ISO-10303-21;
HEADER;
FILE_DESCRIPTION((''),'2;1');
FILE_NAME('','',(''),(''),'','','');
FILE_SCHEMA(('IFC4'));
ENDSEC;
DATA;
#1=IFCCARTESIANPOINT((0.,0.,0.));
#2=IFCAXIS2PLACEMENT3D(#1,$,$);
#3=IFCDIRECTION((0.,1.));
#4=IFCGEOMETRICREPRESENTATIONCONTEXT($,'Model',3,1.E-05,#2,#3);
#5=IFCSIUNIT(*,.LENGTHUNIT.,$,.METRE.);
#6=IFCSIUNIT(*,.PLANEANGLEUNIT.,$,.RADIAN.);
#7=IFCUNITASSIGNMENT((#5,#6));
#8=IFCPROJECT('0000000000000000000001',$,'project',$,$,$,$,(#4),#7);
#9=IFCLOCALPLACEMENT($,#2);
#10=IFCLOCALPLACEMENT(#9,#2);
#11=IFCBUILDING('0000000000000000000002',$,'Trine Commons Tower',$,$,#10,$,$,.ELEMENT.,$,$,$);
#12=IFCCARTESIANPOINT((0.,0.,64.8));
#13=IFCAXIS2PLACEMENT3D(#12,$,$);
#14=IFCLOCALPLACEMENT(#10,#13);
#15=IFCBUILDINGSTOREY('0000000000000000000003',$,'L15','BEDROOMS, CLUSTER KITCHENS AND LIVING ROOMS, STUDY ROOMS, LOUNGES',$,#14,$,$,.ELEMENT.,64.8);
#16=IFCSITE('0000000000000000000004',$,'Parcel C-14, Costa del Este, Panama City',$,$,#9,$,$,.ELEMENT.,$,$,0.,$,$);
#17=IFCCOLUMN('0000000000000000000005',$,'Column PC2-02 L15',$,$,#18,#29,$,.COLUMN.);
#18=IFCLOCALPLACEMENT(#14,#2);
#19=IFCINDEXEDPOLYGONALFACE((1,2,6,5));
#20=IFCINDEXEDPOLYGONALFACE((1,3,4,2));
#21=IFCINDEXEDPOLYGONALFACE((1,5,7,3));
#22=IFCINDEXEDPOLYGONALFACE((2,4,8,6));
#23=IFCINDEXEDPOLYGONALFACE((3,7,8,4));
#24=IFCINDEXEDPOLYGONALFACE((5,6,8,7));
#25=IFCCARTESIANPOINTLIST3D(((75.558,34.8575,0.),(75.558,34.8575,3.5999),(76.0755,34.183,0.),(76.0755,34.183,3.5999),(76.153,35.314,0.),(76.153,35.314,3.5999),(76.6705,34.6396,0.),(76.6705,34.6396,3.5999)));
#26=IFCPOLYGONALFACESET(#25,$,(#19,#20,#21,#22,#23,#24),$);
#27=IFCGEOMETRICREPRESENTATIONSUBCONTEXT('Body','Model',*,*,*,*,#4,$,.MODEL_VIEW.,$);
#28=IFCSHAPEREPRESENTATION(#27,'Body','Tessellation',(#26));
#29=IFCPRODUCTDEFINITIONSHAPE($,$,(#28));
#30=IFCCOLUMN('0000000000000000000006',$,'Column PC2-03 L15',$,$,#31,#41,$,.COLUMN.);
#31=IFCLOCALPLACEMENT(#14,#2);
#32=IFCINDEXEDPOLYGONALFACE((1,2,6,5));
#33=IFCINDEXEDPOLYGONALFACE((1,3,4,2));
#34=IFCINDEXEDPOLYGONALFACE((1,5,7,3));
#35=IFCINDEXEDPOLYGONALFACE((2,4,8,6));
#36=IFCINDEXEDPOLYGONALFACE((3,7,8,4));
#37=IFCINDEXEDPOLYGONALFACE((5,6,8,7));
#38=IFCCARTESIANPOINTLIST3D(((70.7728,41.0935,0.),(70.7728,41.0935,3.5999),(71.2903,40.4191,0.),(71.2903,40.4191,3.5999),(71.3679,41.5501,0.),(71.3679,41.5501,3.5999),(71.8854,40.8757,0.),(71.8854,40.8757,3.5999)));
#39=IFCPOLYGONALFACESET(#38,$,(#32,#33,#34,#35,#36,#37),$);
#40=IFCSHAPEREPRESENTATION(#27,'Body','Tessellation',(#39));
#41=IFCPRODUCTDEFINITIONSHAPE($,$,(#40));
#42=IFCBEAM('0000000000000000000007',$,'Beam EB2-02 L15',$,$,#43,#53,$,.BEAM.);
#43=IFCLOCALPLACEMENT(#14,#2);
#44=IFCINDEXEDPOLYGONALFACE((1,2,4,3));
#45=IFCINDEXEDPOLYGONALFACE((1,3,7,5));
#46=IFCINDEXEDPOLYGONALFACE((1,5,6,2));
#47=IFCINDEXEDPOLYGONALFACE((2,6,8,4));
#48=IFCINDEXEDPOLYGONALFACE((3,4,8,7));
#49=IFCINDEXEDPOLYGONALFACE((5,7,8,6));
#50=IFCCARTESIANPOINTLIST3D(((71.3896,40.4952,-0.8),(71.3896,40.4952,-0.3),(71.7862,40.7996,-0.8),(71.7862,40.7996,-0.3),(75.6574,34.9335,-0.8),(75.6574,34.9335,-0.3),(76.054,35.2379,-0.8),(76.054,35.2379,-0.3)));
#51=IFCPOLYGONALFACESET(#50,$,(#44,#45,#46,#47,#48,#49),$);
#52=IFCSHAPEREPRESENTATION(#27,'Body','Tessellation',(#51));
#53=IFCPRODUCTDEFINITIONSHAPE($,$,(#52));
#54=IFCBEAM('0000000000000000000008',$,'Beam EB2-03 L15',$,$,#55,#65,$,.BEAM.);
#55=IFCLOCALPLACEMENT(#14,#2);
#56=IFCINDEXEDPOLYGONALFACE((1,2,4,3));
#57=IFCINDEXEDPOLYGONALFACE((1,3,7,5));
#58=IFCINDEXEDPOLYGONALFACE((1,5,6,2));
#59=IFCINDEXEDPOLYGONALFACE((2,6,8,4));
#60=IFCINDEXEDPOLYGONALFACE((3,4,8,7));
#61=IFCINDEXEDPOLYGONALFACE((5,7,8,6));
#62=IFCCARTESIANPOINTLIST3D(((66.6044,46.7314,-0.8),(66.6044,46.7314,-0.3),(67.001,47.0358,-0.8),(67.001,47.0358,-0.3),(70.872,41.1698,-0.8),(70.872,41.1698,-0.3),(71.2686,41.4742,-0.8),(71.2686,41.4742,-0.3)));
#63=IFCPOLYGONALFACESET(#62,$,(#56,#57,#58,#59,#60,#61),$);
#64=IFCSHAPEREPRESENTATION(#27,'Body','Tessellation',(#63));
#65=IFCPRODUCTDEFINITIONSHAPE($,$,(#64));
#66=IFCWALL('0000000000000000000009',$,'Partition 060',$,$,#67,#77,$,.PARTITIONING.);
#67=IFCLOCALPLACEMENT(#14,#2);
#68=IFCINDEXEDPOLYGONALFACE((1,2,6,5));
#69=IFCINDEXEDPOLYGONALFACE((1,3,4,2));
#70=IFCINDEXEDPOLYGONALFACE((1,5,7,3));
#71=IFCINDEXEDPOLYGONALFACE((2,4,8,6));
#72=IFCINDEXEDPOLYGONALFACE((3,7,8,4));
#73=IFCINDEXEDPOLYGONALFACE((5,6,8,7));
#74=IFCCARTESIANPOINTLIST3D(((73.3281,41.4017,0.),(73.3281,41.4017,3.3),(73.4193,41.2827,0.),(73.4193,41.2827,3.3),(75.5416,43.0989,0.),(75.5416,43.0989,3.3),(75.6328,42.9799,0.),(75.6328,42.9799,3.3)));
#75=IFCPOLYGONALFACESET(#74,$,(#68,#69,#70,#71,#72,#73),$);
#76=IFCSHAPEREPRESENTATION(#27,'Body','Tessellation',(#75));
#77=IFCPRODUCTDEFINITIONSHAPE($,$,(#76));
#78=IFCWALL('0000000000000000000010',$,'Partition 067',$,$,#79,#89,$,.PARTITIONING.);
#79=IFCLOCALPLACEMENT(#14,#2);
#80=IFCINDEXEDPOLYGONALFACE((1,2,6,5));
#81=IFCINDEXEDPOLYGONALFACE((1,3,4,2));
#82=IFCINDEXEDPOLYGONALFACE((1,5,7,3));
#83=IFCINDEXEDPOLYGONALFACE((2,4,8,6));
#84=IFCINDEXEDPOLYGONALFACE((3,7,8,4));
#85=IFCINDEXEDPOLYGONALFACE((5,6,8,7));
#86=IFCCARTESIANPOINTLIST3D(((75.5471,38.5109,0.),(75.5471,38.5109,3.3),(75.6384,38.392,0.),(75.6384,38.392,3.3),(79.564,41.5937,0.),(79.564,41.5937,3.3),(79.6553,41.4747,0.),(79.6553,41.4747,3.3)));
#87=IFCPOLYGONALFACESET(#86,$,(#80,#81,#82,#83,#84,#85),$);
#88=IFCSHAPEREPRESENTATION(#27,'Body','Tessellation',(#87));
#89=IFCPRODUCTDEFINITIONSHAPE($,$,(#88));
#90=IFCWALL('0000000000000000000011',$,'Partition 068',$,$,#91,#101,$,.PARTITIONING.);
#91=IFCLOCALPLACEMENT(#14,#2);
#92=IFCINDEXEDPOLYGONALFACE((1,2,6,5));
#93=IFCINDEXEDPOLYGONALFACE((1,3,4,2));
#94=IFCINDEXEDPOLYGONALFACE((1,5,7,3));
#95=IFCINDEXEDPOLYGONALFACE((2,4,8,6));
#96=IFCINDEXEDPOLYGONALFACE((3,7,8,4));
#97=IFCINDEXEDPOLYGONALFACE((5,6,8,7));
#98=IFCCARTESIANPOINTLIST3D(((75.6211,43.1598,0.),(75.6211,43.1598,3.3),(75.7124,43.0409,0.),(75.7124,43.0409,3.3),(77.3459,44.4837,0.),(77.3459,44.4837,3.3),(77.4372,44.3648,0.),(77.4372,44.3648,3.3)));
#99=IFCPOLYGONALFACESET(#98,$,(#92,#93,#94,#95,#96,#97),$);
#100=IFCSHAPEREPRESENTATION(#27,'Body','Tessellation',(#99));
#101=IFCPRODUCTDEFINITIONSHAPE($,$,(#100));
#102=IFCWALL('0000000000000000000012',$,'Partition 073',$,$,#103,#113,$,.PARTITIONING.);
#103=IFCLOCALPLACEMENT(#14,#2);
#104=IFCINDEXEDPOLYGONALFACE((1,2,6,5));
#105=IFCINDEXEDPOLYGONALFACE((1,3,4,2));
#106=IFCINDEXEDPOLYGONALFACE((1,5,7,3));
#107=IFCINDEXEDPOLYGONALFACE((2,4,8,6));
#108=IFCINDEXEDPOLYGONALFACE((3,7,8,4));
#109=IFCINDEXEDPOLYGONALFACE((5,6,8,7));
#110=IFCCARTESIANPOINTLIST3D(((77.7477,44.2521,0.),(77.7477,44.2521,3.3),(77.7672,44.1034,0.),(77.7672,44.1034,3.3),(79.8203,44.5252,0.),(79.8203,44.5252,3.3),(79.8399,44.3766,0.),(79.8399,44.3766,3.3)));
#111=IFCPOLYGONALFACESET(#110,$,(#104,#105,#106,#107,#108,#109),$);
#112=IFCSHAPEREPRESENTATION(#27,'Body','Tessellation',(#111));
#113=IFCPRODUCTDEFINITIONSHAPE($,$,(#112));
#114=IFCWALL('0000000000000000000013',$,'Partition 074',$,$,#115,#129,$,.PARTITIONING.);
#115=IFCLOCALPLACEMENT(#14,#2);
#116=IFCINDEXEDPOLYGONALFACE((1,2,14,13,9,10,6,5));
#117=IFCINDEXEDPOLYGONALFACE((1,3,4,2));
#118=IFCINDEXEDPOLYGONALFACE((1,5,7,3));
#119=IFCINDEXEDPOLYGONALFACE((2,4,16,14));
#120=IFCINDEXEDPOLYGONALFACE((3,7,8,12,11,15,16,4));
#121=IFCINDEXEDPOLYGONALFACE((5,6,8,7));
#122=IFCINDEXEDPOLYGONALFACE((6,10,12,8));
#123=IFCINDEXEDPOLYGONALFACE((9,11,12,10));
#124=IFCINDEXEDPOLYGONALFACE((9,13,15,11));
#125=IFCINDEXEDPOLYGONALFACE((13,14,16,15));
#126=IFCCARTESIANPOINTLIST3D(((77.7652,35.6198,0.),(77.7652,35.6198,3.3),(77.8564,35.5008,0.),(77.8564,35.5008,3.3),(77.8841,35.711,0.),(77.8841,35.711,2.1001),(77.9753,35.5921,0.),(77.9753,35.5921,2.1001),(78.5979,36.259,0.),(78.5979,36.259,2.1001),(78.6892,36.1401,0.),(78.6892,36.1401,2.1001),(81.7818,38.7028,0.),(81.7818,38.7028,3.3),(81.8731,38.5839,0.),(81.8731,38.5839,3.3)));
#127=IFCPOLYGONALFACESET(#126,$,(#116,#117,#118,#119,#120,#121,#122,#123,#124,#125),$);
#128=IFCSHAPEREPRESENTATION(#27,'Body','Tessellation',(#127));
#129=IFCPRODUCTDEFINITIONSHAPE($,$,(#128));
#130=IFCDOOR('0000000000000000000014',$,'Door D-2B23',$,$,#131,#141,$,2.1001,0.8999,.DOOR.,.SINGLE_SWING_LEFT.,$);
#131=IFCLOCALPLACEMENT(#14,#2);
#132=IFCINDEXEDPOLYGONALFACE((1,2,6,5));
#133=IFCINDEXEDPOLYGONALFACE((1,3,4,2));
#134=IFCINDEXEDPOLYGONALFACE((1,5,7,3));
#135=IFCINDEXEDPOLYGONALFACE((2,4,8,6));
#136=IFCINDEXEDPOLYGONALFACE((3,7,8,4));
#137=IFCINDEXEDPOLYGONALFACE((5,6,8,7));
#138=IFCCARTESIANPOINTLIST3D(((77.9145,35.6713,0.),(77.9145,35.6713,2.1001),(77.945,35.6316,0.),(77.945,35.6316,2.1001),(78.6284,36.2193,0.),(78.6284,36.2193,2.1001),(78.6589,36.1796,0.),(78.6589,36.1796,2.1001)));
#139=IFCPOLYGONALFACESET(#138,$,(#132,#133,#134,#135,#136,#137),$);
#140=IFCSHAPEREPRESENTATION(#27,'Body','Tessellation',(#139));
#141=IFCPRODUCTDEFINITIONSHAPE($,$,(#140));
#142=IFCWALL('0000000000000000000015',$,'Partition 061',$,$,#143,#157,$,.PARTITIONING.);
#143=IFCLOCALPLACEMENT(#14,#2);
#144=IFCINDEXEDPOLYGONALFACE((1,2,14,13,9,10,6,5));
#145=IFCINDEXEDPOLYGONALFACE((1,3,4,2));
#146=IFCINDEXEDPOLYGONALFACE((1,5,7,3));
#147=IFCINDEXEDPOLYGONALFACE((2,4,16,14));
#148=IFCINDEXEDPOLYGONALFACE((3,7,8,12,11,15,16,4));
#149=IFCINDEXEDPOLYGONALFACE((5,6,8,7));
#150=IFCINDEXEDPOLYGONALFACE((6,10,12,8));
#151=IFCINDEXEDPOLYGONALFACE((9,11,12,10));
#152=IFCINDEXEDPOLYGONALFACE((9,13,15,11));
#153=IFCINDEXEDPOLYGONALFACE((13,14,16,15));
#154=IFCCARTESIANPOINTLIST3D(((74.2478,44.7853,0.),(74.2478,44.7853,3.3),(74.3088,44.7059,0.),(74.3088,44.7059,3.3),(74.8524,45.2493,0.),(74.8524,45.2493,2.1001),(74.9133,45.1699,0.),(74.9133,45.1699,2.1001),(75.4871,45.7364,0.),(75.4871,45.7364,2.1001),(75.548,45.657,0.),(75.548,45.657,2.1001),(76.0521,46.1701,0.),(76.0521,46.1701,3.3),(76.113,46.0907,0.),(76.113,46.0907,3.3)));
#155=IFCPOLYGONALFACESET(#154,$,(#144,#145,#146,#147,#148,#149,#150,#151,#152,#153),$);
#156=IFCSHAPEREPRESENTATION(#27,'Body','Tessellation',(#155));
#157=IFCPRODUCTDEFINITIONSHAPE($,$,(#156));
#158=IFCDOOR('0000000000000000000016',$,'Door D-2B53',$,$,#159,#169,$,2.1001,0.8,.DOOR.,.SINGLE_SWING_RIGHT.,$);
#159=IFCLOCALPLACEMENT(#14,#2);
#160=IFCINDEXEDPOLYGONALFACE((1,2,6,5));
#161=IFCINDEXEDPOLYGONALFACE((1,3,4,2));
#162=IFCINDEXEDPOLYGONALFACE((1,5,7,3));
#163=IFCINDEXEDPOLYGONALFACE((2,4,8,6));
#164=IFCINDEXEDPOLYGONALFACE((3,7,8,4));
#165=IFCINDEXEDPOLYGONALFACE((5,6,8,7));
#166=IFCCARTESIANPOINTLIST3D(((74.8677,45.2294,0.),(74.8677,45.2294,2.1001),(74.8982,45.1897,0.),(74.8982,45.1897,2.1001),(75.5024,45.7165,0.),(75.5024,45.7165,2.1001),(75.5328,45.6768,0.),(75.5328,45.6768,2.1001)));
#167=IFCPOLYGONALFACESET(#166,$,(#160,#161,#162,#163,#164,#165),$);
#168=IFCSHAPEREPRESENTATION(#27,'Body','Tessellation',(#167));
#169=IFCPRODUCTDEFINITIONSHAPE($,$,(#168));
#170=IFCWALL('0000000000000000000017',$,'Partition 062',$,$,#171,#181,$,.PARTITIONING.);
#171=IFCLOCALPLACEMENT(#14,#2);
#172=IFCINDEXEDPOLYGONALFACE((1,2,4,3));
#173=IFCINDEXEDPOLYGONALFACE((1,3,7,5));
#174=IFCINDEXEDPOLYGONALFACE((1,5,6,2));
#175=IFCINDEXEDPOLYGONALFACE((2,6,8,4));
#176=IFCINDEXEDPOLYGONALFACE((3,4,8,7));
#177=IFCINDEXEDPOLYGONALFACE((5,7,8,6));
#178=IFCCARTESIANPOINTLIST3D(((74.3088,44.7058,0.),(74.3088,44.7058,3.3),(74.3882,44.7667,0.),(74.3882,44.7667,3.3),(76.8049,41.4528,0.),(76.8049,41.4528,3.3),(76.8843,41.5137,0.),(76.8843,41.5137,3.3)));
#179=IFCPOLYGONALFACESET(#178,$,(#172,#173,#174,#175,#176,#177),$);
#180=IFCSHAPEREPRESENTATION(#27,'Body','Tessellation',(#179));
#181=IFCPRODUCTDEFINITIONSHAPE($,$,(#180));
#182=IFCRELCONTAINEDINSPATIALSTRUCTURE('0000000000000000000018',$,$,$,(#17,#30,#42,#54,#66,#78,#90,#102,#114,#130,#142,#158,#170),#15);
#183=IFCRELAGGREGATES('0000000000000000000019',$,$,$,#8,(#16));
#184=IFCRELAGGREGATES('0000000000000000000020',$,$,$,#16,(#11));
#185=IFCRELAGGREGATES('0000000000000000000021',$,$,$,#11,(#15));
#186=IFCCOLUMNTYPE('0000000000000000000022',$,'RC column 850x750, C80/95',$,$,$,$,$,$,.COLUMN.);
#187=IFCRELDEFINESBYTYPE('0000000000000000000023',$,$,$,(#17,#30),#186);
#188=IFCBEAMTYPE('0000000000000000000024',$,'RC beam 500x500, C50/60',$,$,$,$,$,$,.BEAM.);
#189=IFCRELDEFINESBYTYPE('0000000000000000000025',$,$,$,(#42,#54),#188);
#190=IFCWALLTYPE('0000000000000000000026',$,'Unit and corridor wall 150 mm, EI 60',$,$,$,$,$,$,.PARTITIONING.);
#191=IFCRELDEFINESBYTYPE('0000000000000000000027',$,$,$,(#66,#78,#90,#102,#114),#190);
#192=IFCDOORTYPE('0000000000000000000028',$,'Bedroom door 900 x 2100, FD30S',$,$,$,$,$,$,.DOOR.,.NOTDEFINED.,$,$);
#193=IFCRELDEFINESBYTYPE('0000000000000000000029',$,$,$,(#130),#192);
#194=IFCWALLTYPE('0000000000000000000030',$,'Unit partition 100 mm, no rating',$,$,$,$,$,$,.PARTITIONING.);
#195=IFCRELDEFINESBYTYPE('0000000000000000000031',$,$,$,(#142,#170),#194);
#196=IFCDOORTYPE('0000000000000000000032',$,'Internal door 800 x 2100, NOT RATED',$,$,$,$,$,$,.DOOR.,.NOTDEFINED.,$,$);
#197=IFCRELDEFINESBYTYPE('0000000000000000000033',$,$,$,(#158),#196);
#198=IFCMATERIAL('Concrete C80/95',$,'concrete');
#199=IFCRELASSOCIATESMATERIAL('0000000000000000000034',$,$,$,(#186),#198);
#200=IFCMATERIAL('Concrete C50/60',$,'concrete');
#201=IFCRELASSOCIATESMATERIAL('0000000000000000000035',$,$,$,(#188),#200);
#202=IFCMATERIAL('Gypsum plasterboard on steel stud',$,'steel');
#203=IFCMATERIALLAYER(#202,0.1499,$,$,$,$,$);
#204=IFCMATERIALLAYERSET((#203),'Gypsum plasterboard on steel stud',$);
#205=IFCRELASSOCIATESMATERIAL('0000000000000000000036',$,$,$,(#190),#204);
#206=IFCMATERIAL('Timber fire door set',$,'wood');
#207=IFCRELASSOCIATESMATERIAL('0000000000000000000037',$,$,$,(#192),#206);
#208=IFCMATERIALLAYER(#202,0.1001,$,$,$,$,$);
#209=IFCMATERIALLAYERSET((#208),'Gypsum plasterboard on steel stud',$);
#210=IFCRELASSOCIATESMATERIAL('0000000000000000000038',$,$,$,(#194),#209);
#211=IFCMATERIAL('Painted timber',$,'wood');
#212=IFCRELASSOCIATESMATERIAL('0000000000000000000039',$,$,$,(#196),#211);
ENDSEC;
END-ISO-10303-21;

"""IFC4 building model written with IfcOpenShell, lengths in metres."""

from ifc_helpers import new_model, si_unit, direction, frame, frame_2d, origin, origin_2d, place, context, subcontext, project, spatial, rectangle, extrude, material, layer, layer_set, material_profile, profile_set, type_object, element, fill, save


model = new_model("IFC4")

# Units and contexts
model_context = context("Model", 3, precision=1e-05, world=origin(), true_north=direction((0.0, 1.0)))
body_context = subcontext(model_context, "Body", "Model", "MODEL_VIEW")
ifc_project = project(units=[si_unit("LENGTHUNIT", "METRE"), si_unit("PLANEANGLEUNIT", "RADIAN")], contexts=[model_context])

# Site, building, storey
site_placement = place(None, origin())
site = spatial("IfcSite", under=ifc_project, at=site_placement, Name="Parcel C-14, Costa del Este, Panama City", CompositionType="ELEMENT", RefElevation=0.0)
building_placement = place(site_placement, origin())
building = spatial("IfcBuilding", under=site, at=building_placement, Name="Trine Commons Tower", CompositionType="ELEMENT")
storey_placement = place(building_placement, frame((0.0, 0.0, 64.8)))
storey = spatial("IfcBuildingStorey", under=building, at=storey_placement, Name="L15", Description="BEDROOMS, CLUSTER KITCHENS AND LIVING ROOMS, STUDY ROOMS, LOUNGES", CompositionType="ELEMENT", Elevation=64.8)

# Columns
ifc_material_1 = material(Name="Concrete C80/95", Category="concrete")
ifc_material_profile_1 = material_profile(ifc_material_1, rectangle(XDim=0.8501, YDim=0.75, at=origin_2d()), Name="RC 850x750")
ifc_profile_set_1 = profile_set([ifc_material_profile_1], Name="Concrete C80/95")
column_type = type_object("IfcColumnType", Name="RC column 850x750, C80/95", PredefinedType="COLUMN", material=ifc_profile_set_1)
for number, where, z_axis, x_axis, name in (
    (1, (76.1143, 34.7485, 0.0), (0.0, 0.0, 1.0), (-0.608761, 0.793353, 0.0), "Column PC2-02 L15"),
    (2, (71.3291, 40.9846, 0.0), (0.0, 0.0, 1.0), (-0.608761, 0.793353, 0.0), "Column PC2-03 L15"),
):
    element("IfcColumn", number, at=place(storey_placement, frame(where, z_axis=z_axis, x_axis=x_axis)), inside=storey, type_object=column_type, Name=name, PredefinedType="COLUMN", context=body_context, shape_type="SweptSolid", body=[
        extrude(rectangle(XDim=0.8501, YDim=0.75, at=origin_2d()), origin(), (0.0, 0.0, 1.0), 3.5999),
    ])

# Beams
ifc_material_2 = material(Name="Concrete C50/60", Category="concrete")
ifc_material_profile_2 = material_profile(ifc_material_2, rectangle(XDim=0.5, YDim=0.5, at=origin_2d()), Name="RC 500x500")
ifc_profile_set_2 = profile_set([ifc_material_profile_2], Name="Concrete C50/60")
beam_type = type_object("IfcBeamType", Name="RC beam 500x500, C50/60", PredefinedType="BEAM", material=ifc_profile_set_2)
beam_1_placement = place(storey_placement, frame((75.8557, 35.0857, -0.55), z_axis=(-0.608773, 0.793345, 0.0), x_axis=(-0.793345, -0.608773, 0.0)))
element("IfcBeam", 3, at=beam_1_placement, inside=storey, type_object=beam_type, Name="Beam EB2-02 L15", PredefinedType="BEAM", context=body_context, shape_type="SweptSolid", body=[
    extrude(rectangle(XDim=0.5, YDim=0.5, at=origin_2d()), origin(), (0.0, 0.0, 1.0), 7.0105),
])
beam_2_placement = place(storey_placement, frame((71.0703, 41.322, -0.55), z_axis=(-0.608768, 0.793348, 0.0), x_axis=(-0.793348, -0.608768, 0.0)))
element("IfcBeam", 4, at=beam_2_placement, inside=storey, type_object=beam_type, Name="Beam EB2-03 L15", PredefinedType="BEAM", context=body_context, shape_type="SweptSolid", body=[
    extrude(rectangle(XDim=0.5, YDim=0.5, at=origin_2d()), origin(), (0.0, 0.0, 1.0), 7.0103),
])

# Walls
ifc_material_3 = material(Name="Gypsum plasterboard on steel stud", Category="steel")
ifc_layer_1 = layer(ifc_material_3, 0.1499)
ifc_layer_set_1 = layer_set([ifc_layer_1], Name="Gypsum plasterboard on steel stud")
wall_type_1 = type_object("IfcWallType", Name="Unit and corridor wall 150 mm, EI 60", PredefinedType="PARTITIONING", material=ifc_layer_set_1)
wall_1_placement = place(storey_placement, frame((73.3738, 41.3423, 0.0), z_axis=(0.0, 0.0, 1.0), x_axis=(0.79358, 0.608466, 0.0)))
element("IfcWall", 5, at=wall_1_placement, inside=storey, type_object=wall_type_1, Name="Partition 060", PredefinedType="PARTITIONING", context=body_context, shape_type="SweptSolid", body=[
    extrude(rectangle(XDim=2.7893, YDim=0.1499, at=frame_2d((1.3945, 0.0))), origin(), (0.0, 0.0, 1.0), 3.3),
])
wall_2_placement = place(storey_placement, frame((75.5928, 38.4514, 0.0), z_axis=(0.0, 0.0, 1.0), x_axis=(0.793303, 0.608827, 0.0)))
element("IfcWall", 6, at=wall_2_placement, inside=storey, type_object=wall_type_1, Name="Partition 067", PredefinedType="PARTITIONING", context=body_context, shape_type="SweptSolid", body=[
    extrude(rectangle(XDim=5.0635, YDim=0.1499, at=frame_2d((2.5317, 0.0))), origin(), (0.0, 0.0, 1.0), 3.3),
])
wall_3_placement = place(storey_placement, frame((75.6667, 43.1003, 0.0), z_axis=(0.0, 0.0, 1.0), x_axis=(0.793254, 0.608891, 0.0)))
element("IfcWall", 7, at=wall_3_placement, inside=storey, type_object=wall_type_1, Name="Partition 068", PredefinedType="PARTITIONING", context=body_context, shape_type="SweptSolid", body=[
    extrude(rectangle(XDim=2.1743, YDim=0.1499, at=frame_2d((1.0872, 0.0))), origin(), (0.0, 0.0, 1.0), 3.3),
])
wall_4_placement = place(storey_placement, frame((77.7573, 44.1777, 0.0), z_axis=(0.0, 0.0, 1.0), x_axis=(0.991426, 0.130672, 0.0)))
element("IfcWall", 8, at=wall_4_placement, inside=storey, type_object=wall_type_1, Name="Partition 073", PredefinedType="PARTITIONING", context=body_context, shape_type="SweptSolid", body=[
    extrude(rectangle(XDim=2.0906, YDim=0.1499, at=frame_2d((1.0454, 0.0))), origin(), (0.0, 0.0, 1.0), 3.3),
])

# Walls, openings, doors
wall_5_placement = place(storey_placement, frame((77.8108, 35.5603, 0.0), z_axis=(0.0, 0.0, 1.0), x_axis=(0.793262, 0.608881, 0.0)))
wall_5 = element("IfcWall", 9, at=wall_5_placement, inside=storey, type_object=wall_type_1, Name="Partition 074", PredefinedType="PARTITIONING", context=body_context, shape_type="SweptSolid", body=[
    extrude(rectangle(XDim=5.0635, YDim=0.1499, at=frame_2d((2.5317, 0.0))), origin(), (0.0, 0.0, 1.0), 3.3),
])
opening_1_placement = place(wall_5_placement, frame((0.1499, 0.0, 0.0)))
opening_1 = element("IfcOpeningElement", 10, at=opening_1_placement, cuts=wall_5, PredefinedType="OPENING", context=body_context, shape_type="SweptSolid", body=[
    extrude(rectangle(XDim=0.8999, YDim=2.1001, at=frame_2d((0.45, 1.05))), frame((0.0, 0.085, 0.0), z_axis=(0.0, -1.0, 0.0), x_axis=(1.0, 0.0, 0.0)), (0.0, 0.0, 1.0), 0.1699),
])
ifc_material_4 = material(Name="Timber fire door set", Category="wood")
door_type_1 = type_object("IfcDoorType", Name="Bedroom door 900 x 2100, FD30S", OperationType="NOTDEFINED", PredefinedType="DOOR", material=ifc_material_4)
door_1_placement = place(opening_1_placement, origin())
door_1 = element("IfcDoor", 11, at=door_1_placement, inside=storey, type_object=door_type_1, Name="Door D-2B23", OperationType="SINGLE_SWING_LEFT", OverallHeight=2.1001, OverallWidth=0.8999, PredefinedType="DOOR", context=body_context, shape_type="SweptSolid", body=[
    extrude(rectangle(XDim=0.8999, YDim=2.1001, at=frame_2d((0.45, 1.05))), frame((0.0, 0.0249, 0.0), z_axis=(0.0, -1.0, 0.0), x_axis=(1.0, 0.0, 0.0)), (0.0, 0.0, 1.0), 0.05),
])
fill(opening_1, door_1)
ifc_layer_2 = layer(ifc_material_3, 0.1001)
ifc_layer_set_2 = layer_set([ifc_layer_2], Name="Gypsum plasterboard on steel stud")
wall_type_2 = type_object("IfcWallType", Name="Unit partition 100 mm, no rating", PredefinedType="PARTITIONING", material=ifc_layer_set_2)
wall_6_placement = place(storey_placement, frame((74.2783, 44.7456, 0.0), z_axis=(0.0, 0.0, 1.0), x_axis=(0.793278, 0.60886, 0.0)))
wall_6 = element("IfcWall", 12, at=wall_6_placement, inside=storey, type_object=wall_type_2, Name="Partition 061", PredefinedType="PARTITIONING", context=body_context, shape_type="SweptSolid", body=[
    extrude(rectangle(XDim=2.2744, YDim=0.1001, at=frame_2d((1.1372, 0.0))), origin(), (0.0, 0.0, 1.0), 3.3),
])
opening_2_placement = place(wall_6_placement, frame((0.7622, 0.0, 0.0)))
opening_2 = element("IfcOpeningElement", 13, at=opening_2_placement, cuts=wall_6, PredefinedType="OPENING", context=body_context, shape_type="SweptSolid", body=[
    extrude(rectangle(XDim=0.8, YDim=2.1001, at=frame_2d((0.3999, 1.05))), frame((0.0, 0.0601, 0.0), z_axis=(0.0, -1.0, 0.0), x_axis=(1.0, 0.0, 0.0)), (0.0, 0.0, 1.0), 0.1201),
])
ifc_material_5 = material(Name="Painted timber", Category="wood")
door_type_2 = type_object("IfcDoorType", Name="Internal door 800 x 2100, NOT RATED", OperationType="NOTDEFINED", PredefinedType="DOOR", material=ifc_material_5)
door_2_placement = place(opening_2_placement, origin())
door_2 = element("IfcDoor", 14, at=door_2_placement, inside=storey, type_object=door_type_2, Name="Door D-2B53", OperationType="SINGLE_SWING_RIGHT", OverallHeight=2.1001, OverallWidth=0.8, PredefinedType="DOOR", context=body_context, shape_type="SweptSolid", body=[
    extrude(rectangle(XDim=0.8, YDim=2.1001, at=frame_2d((0.3999, 1.05))), frame((0.0, 0.0249, 0.0), z_axis=(0.0, -1.0, 0.0), x_axis=(1.0, 0.0, 0.0)), (0.0, 0.0, 1.0), 0.05),
])
fill(opening_2, door_2)

# Wall
wall_7_placement = place(storey_placement, frame((74.3484, 44.7363, 0.0), z_axis=(0.0, 0.0, 1.0), x_axis=(0.608766, -0.793349, 0.0)))
element("IfcWall", 15, at=wall_7_placement, inside=storey, type_object=wall_type_2, Name="Partition 062", PredefinedType="PARTITIONING", context=body_context, shape_type="SweptSolid", body=[
    extrude(rectangle(XDim=4.1003, YDim=0.1001, at=frame_2d((2.0503, 0.0))), origin(), (0.0, 0.0, 1.0), 3.3),
])

save(model, "model.ifc")
